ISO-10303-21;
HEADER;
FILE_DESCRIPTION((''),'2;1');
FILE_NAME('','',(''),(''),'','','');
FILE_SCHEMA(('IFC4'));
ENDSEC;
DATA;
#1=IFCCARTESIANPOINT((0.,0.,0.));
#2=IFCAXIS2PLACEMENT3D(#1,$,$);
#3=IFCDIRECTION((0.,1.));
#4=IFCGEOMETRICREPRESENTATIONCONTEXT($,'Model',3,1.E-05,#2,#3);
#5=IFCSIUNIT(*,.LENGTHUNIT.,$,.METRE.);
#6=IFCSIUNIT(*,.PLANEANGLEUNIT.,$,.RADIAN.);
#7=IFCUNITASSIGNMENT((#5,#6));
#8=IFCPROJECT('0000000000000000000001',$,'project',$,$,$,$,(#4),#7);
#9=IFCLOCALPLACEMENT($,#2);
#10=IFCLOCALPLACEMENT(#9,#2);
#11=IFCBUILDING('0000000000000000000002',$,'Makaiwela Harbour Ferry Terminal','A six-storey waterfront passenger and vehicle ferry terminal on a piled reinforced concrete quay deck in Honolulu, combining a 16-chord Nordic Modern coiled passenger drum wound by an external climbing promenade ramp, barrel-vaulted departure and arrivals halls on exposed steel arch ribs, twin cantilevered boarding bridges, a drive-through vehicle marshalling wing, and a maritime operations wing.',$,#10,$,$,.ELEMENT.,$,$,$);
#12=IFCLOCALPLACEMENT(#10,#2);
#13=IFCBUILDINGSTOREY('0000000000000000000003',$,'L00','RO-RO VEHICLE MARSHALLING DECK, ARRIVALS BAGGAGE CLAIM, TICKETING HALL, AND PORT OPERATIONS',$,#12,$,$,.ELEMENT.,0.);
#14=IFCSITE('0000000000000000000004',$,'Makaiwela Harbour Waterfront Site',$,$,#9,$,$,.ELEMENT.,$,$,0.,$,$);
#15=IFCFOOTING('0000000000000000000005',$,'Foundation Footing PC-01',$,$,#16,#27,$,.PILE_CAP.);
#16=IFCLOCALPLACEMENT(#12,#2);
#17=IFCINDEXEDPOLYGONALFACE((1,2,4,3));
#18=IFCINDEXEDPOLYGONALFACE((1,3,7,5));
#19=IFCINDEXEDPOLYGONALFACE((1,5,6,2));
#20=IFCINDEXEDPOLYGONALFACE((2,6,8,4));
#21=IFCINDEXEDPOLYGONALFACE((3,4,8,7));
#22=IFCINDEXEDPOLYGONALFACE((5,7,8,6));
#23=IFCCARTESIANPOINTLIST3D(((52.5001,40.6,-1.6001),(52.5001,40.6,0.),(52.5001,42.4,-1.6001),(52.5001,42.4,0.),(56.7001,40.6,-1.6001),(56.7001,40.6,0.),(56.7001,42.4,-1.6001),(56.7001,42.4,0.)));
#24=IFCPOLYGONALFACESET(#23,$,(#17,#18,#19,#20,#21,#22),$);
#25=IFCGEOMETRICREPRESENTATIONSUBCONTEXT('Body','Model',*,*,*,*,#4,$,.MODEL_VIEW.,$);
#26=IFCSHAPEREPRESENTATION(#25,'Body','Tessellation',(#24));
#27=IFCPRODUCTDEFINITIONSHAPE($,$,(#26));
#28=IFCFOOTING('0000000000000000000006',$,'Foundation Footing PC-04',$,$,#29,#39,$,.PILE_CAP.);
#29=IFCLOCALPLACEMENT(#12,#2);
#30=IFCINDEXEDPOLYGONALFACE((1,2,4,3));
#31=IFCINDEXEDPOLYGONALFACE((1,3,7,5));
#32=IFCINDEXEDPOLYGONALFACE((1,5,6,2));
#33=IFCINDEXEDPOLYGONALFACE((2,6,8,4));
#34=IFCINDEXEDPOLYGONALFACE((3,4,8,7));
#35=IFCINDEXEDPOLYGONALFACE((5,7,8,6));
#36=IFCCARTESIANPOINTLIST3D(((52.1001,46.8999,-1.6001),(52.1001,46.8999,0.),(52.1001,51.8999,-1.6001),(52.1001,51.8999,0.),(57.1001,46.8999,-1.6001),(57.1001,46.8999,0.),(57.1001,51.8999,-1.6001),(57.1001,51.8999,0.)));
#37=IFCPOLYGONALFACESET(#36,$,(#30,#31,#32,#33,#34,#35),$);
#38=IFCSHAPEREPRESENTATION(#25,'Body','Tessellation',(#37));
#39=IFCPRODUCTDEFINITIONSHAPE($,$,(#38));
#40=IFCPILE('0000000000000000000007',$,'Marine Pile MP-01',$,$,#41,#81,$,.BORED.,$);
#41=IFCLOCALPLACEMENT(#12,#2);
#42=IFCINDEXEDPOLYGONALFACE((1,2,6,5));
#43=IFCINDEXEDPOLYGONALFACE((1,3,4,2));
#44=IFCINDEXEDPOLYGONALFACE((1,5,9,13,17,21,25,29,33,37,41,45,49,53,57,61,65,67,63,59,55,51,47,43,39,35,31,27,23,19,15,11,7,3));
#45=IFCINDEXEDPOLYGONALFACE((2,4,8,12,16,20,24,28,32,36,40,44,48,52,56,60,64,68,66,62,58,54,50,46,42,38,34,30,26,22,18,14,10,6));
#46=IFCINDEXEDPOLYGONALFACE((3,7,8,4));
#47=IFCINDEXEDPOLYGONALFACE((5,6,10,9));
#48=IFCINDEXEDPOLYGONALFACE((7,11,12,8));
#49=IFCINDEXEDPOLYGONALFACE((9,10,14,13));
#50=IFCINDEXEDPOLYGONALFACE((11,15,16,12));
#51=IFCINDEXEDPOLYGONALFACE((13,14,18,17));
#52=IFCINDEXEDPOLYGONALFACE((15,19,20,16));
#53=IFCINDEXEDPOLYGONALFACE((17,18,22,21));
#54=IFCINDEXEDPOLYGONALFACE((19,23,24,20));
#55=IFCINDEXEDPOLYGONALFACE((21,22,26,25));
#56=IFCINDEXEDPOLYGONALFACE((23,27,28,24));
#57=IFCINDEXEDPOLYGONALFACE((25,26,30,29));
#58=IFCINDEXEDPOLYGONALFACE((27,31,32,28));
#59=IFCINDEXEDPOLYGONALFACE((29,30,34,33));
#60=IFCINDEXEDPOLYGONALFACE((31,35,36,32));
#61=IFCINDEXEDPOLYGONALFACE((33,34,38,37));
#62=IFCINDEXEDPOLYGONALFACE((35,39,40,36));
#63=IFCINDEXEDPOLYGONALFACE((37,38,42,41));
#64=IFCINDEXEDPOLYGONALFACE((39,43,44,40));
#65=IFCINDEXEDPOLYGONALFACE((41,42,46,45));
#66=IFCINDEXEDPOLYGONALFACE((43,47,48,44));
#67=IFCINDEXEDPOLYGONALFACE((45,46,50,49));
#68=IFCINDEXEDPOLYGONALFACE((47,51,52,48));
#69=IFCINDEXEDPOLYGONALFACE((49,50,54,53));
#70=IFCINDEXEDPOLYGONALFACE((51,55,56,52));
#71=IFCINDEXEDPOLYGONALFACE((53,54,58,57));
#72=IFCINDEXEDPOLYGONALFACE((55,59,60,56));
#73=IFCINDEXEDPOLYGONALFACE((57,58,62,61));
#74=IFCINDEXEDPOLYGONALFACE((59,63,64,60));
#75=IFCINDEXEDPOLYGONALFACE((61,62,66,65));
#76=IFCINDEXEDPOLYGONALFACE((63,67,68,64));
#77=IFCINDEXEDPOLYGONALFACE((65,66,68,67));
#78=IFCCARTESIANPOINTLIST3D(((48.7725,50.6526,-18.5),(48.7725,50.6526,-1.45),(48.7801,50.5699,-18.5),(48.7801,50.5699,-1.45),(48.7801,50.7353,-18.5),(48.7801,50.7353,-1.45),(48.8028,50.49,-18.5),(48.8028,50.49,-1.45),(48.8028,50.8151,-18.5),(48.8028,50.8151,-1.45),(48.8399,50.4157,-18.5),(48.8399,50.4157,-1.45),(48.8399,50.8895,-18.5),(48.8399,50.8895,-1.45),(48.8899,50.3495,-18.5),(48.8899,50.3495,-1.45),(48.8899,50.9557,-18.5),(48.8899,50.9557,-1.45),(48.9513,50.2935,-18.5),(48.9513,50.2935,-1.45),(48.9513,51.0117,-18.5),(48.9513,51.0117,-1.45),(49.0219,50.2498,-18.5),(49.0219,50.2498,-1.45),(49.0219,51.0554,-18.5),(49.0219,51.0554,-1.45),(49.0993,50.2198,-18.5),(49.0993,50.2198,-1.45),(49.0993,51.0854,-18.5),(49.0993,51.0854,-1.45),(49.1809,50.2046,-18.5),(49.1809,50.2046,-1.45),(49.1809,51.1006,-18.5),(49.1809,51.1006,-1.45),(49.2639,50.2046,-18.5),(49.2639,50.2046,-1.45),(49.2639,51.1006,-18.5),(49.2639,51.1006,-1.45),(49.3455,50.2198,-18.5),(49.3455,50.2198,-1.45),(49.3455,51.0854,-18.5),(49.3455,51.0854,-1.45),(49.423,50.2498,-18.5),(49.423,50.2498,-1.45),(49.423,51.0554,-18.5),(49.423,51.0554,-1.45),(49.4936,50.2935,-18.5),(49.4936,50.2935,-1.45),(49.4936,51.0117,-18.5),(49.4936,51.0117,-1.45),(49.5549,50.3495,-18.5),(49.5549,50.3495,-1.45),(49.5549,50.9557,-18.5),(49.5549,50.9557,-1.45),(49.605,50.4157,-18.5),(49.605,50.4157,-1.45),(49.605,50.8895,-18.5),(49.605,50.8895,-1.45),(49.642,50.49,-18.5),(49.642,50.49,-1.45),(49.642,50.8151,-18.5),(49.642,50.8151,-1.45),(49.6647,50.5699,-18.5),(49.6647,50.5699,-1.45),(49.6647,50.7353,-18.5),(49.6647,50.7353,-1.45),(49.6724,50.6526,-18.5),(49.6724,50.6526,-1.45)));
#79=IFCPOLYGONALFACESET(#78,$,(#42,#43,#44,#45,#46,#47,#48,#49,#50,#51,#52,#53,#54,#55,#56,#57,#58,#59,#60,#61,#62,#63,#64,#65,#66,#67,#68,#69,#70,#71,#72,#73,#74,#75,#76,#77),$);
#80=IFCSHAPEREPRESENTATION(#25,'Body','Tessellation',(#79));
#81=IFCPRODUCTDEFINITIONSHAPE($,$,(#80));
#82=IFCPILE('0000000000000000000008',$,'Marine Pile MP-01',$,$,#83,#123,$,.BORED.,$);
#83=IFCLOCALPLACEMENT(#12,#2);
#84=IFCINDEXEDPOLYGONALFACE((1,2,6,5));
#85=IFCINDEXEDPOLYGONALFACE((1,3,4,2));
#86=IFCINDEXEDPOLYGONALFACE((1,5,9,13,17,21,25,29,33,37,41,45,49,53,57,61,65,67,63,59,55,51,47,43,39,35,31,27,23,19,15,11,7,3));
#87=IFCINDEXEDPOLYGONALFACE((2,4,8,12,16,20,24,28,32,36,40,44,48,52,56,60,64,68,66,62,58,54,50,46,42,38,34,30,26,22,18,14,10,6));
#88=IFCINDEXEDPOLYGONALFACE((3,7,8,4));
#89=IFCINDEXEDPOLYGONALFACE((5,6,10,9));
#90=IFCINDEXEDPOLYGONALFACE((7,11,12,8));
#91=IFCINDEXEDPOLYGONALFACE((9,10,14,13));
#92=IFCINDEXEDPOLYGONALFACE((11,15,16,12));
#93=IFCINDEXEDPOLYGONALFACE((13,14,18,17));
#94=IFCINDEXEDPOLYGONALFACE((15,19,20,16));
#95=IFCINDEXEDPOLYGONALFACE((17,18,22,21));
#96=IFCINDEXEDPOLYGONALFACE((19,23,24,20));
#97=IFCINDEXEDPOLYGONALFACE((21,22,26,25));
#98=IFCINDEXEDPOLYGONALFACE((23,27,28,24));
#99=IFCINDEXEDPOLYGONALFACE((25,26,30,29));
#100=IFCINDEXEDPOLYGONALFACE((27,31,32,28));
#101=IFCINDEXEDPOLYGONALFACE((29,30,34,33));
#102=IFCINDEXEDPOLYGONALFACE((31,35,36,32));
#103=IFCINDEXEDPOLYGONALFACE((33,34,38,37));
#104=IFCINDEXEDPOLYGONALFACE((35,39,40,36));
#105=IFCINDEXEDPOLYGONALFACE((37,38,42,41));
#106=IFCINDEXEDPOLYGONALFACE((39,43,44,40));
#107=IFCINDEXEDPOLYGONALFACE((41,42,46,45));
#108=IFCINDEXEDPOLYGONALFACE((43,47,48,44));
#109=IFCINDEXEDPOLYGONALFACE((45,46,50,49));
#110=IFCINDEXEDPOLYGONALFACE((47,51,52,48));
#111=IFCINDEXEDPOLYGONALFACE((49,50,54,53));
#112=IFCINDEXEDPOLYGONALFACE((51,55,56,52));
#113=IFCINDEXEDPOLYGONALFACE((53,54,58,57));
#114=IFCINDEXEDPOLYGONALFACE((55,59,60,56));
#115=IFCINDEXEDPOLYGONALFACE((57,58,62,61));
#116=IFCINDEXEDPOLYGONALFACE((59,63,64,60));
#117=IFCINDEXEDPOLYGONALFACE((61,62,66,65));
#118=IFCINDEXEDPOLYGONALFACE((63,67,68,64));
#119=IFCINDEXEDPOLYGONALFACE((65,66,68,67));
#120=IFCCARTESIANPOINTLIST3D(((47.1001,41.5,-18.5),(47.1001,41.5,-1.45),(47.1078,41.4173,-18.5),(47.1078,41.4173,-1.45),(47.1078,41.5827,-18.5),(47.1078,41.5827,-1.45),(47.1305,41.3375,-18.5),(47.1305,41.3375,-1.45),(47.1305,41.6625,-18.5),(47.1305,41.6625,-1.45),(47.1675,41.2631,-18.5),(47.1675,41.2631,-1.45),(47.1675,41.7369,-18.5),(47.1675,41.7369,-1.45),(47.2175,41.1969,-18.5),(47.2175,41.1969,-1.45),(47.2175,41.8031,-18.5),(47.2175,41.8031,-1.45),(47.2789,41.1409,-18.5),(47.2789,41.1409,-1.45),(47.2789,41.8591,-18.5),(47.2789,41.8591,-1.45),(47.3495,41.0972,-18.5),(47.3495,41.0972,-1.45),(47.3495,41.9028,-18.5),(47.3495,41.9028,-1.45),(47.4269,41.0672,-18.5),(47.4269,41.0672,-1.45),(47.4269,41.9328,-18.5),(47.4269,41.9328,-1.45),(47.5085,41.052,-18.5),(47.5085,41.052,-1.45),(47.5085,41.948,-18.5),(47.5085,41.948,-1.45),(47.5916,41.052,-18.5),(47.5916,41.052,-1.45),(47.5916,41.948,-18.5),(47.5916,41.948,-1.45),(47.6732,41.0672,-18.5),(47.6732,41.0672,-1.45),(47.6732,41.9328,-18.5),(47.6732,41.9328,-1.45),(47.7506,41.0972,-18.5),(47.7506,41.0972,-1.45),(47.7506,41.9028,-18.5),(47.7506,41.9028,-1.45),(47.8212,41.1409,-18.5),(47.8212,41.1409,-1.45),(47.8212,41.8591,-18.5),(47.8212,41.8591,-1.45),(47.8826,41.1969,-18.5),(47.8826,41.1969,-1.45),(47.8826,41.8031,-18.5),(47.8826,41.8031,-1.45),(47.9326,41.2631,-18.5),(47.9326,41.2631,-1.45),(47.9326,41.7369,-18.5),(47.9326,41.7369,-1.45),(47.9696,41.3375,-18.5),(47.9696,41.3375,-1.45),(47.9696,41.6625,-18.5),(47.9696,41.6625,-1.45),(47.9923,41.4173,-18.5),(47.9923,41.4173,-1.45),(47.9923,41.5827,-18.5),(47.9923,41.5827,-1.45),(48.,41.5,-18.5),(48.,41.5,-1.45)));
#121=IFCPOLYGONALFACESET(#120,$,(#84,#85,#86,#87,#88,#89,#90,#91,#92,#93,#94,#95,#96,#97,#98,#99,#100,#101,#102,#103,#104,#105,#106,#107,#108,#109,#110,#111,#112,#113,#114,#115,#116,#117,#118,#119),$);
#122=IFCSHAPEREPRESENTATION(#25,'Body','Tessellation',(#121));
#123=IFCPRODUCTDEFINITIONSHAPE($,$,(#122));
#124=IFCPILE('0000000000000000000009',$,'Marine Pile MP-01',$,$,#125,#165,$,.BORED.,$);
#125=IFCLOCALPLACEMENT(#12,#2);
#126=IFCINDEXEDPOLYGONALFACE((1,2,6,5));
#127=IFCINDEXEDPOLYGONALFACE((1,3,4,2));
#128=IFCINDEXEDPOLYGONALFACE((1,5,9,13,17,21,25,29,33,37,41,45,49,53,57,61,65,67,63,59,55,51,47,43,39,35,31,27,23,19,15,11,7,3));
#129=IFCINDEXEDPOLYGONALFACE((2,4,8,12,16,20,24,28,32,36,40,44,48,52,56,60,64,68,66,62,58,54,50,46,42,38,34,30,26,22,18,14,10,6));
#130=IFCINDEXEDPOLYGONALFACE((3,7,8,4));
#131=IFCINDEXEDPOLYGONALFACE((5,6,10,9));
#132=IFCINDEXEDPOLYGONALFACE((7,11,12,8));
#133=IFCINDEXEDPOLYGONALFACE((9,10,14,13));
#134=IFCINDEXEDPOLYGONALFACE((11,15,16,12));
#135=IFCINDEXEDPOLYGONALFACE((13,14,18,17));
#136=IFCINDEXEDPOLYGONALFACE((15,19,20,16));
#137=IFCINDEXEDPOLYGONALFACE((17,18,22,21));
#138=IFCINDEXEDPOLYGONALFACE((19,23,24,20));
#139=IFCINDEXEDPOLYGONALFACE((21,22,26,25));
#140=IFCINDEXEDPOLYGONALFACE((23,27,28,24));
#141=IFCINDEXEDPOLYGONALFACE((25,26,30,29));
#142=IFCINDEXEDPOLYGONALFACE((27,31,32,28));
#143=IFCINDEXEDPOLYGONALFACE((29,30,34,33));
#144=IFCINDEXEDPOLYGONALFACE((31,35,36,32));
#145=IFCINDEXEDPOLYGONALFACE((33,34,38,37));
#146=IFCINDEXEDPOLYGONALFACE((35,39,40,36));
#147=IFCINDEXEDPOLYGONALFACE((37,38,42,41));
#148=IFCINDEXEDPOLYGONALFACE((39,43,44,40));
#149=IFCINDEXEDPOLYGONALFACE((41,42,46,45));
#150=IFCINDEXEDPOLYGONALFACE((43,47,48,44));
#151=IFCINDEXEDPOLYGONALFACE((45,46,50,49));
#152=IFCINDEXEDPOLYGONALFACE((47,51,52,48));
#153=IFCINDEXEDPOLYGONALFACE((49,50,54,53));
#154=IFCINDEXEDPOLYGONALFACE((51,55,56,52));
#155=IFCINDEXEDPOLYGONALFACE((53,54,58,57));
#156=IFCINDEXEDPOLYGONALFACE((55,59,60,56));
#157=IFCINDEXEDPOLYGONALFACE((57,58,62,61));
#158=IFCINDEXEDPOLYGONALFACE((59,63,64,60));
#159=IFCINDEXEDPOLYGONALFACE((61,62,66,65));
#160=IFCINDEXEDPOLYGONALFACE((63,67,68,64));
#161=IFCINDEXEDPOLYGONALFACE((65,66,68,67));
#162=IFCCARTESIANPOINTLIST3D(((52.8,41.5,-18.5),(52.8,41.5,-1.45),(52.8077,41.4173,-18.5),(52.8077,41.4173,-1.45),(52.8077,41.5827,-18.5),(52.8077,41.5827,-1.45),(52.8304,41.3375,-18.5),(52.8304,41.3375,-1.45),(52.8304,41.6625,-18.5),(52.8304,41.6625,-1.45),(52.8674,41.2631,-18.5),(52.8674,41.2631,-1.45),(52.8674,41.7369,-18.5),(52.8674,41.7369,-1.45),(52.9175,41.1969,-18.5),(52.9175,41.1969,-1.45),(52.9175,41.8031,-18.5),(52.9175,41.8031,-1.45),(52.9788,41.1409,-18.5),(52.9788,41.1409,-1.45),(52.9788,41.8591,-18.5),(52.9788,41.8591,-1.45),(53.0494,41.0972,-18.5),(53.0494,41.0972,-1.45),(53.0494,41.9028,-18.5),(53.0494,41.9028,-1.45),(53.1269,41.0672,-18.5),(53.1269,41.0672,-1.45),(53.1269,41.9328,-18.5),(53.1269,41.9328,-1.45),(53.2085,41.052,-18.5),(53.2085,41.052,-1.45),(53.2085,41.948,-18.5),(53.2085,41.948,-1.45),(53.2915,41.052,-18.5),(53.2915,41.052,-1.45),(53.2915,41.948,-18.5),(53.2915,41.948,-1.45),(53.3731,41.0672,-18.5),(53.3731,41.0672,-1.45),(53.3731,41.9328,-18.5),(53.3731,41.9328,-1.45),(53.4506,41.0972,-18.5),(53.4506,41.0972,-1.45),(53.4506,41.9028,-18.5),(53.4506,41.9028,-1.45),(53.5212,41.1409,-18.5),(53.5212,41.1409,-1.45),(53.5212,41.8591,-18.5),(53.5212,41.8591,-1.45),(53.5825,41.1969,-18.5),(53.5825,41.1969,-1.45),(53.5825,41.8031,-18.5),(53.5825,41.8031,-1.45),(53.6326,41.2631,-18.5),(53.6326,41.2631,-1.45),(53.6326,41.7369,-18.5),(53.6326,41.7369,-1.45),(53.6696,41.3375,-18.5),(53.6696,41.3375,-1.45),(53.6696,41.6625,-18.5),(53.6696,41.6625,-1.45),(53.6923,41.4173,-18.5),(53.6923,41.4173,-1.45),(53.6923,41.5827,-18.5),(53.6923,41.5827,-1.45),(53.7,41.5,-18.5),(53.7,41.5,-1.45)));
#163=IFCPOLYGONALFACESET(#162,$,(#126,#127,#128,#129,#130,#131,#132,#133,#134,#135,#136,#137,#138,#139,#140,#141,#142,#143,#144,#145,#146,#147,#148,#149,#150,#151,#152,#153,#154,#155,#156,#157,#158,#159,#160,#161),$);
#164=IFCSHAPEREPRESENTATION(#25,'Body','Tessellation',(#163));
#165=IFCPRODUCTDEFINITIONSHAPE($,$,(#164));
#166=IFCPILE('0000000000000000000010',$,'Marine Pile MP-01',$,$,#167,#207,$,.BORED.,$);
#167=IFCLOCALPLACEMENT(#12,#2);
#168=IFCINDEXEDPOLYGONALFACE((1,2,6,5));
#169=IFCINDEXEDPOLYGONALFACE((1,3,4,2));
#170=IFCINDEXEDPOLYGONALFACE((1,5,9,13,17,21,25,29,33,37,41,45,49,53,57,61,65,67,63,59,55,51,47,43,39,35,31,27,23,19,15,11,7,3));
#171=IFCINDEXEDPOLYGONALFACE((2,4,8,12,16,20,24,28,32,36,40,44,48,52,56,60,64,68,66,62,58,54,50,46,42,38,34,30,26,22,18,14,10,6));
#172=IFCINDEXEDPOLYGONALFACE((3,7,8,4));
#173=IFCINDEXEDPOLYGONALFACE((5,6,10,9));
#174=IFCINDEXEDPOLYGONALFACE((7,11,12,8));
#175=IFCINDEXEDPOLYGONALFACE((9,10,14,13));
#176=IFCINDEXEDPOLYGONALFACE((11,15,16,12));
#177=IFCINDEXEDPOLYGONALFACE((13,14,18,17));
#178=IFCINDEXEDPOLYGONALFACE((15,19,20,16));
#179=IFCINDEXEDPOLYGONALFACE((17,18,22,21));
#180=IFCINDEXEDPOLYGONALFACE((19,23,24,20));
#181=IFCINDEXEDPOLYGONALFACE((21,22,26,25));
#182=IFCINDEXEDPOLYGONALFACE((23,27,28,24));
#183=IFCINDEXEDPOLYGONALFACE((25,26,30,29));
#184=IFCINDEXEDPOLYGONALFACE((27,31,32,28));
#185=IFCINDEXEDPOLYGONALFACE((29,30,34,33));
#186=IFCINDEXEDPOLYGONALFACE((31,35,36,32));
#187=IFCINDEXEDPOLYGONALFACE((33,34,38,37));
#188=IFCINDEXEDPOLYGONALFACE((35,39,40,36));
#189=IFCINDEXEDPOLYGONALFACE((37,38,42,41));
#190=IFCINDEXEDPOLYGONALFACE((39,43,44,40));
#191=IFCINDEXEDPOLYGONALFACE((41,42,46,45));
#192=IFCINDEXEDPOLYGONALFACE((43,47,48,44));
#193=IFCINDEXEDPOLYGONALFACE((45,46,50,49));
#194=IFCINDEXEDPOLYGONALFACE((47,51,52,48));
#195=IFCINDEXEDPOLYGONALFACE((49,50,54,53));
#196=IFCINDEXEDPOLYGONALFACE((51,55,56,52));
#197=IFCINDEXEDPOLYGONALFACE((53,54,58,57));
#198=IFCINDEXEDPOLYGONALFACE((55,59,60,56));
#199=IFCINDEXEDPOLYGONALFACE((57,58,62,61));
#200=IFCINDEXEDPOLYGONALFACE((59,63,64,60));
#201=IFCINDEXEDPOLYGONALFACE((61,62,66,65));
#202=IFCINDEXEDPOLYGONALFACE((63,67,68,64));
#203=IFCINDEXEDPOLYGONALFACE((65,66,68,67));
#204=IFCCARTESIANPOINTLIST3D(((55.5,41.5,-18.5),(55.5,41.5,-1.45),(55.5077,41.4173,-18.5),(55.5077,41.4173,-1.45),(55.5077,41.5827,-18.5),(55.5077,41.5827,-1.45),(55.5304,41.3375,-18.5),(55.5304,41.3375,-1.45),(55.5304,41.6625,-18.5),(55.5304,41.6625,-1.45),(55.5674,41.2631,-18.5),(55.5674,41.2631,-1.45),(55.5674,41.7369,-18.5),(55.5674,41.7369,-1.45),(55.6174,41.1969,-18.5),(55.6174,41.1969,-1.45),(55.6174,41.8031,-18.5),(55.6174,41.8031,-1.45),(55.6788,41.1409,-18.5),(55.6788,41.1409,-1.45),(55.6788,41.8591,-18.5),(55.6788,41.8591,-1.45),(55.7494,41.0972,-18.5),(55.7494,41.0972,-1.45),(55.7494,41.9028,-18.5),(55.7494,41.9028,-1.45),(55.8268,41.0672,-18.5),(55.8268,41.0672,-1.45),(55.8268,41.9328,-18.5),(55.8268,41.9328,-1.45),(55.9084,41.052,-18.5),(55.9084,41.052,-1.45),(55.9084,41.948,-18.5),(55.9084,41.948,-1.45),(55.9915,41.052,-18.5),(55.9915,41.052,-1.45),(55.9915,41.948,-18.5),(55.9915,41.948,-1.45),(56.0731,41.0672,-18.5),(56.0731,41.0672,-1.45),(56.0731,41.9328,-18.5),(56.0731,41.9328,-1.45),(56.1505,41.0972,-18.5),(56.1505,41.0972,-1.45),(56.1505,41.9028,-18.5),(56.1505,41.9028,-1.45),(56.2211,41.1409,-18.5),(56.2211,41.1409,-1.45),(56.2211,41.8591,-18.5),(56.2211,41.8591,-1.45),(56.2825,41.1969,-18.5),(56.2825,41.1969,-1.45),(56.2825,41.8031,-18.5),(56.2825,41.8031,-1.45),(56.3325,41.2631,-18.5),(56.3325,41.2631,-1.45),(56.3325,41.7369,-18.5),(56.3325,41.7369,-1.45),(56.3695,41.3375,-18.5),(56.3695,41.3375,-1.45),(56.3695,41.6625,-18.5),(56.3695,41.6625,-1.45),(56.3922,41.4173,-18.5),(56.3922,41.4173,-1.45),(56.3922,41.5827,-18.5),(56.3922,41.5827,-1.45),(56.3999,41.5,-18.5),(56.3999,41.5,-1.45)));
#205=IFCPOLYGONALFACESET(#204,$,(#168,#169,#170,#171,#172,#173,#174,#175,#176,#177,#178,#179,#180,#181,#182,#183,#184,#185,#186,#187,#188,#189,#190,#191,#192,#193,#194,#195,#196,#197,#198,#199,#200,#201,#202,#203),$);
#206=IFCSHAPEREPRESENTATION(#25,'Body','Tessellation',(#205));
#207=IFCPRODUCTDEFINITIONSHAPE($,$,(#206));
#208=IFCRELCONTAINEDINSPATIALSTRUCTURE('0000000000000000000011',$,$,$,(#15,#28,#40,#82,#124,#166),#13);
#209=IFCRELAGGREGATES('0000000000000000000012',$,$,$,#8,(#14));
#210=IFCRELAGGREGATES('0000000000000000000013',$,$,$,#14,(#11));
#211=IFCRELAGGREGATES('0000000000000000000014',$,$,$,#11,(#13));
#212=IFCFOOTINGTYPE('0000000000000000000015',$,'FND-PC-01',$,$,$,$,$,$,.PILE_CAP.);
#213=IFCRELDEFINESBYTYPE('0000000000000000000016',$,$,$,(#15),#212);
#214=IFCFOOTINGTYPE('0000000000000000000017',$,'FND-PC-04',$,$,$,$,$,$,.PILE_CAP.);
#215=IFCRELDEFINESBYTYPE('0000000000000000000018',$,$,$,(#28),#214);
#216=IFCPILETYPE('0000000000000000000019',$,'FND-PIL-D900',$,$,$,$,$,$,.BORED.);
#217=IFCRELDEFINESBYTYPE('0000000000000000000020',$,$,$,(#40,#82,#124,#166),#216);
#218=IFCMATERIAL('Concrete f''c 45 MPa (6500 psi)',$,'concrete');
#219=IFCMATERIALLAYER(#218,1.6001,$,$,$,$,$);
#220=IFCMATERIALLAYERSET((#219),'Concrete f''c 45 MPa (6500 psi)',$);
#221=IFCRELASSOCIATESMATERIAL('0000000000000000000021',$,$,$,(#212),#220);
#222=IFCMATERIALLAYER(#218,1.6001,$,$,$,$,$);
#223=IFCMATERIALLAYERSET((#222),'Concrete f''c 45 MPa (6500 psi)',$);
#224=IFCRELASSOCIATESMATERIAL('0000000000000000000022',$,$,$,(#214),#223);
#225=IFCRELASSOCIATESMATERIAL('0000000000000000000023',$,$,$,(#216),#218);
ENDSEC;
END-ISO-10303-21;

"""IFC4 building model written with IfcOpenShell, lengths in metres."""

from ifc_helpers import new_model, si_unit, direction, frame, origin, origin_2d, place, context, subcontext, project, spatial, rectangle, circle, extrude, material, layer, layer_set, material_profile, profile_set, type_object, element, save


model = new_model("IFC4")

# Units and contexts
model_context = context("Model", 3, precision=1e-05, world=origin(), true_north=direction((0.0, 1.0)))
body_context = subcontext(model_context, "Body", "Model", "MODEL_VIEW")
ifc_project = project(units=[si_unit("LENGTHUNIT", "METRE"), si_unit("PLANEANGLEUNIT", "RADIAN")], contexts=[model_context])

# Site, building, storey
site_placement = place(None, origin())
site = spatial("IfcSite", under=ifc_project, at=site_placement, Name="Makaiwela Harbour Waterfront Site", CompositionType="ELEMENT", RefElevation=0.0)
building_placement = place(site_placement, origin())
building = spatial("IfcBuilding", under=site, at=building_placement, Name="Makaiwela Harbour Ferry Terminal", Description="A six-storey waterfront passenger and vehicle ferry terminal on a piled reinforced concrete quay deck in Honolulu, combining a 16-chord Nordic Modern coiled passenger drum wound by an external climbing promenade ramp, barrel-vaulted departure and arrivals halls on exposed steel arch ribs, twin cantilevered boarding bridges, a drive-through vehicle marshalling wing, and a maritime operations wing.", CompositionType="ELEMENT")
storey_placement = place(building_placement, origin())
storey = spatial("IfcBuildingStorey", under=building, at=storey_placement, Name="L00", Description="RO-RO VEHICLE MARSHALLING DECK, ARRIVALS BAGGAGE CLAIM, TICKETING HALL, AND PORT OPERATIONS", CompositionType="ELEMENT", Elevation=0.0)

# Footings
ifc_material_1 = material(Name="Concrete f'c 45 MPa (6500 psi)", Category="concrete")
ifc_layer_1 = layer(ifc_material_1, 1.6001)
ifc_layer_set_1 = layer_set([ifc_layer_1], Name="Concrete f'c 45 MPa (6500 psi)")
footing_type_1 = type_object("IfcFootingType", Name="FND-PC-01", PredefinedType="PILE_CAP", material=ifc_layer_set_1)
footing_1_placement = place(storey_placement, frame((54.6001, 41.5, -1.6001), z_axis=(0.0, 0.0, 1.0), x_axis=(1.0, 0.0, 0.0)))
element("IfcFooting", 1, at=footing_1_placement, inside=storey, type_object=footing_type_1, Name="Foundation Footing PC-01", PredefinedType="PILE_CAP", context=body_context, shape_type="SweptSolid", body=[
    extrude(rectangle(XDim=4.2, YDim=1.8, at=origin_2d()), origin(), (0.0, 0.0, 1.0), 1.6001),
])
ifc_layer_2 = layer(ifc_material_1, 1.6001)
ifc_layer_set_2 = layer_set([ifc_layer_2], Name="Concrete f'c 45 MPa (6500 psi)")
footing_type_2 = type_object("IfcFootingType", Name="FND-PC-04", PredefinedType="PILE_CAP", material=ifc_layer_set_2)
footing_2_placement = place(storey_placement, frame((54.6001, 49.3999, -1.6001), z_axis=(0.0, 0.0, 1.0), x_axis=(1.0, 0.0, 0.0)))
element("IfcFooting", 2, at=footing_2_placement, inside=storey, type_object=footing_type_2, Name="Foundation Footing PC-04", PredefinedType="PILE_CAP", context=body_context, shape_type="SweptSolid", body=[
    extrude(rectangle(XDim=5.0, YDim=5.0, at=origin_2d()), origin(), (0.0, 0.0, 1.0), 1.6001),
])

# Piles
ifc_material_profile_1 = material_profile(ifc_material_1, circle(Radius=0.45, at=origin_2d()), Name="PILE-D900")
ifc_profile_set_1 = profile_set([ifc_material_profile_1], Name="Concrete f'c 45 MPa (6500 psi)")
pile_type = type_object("IfcPileType", Name="FND-PIL-D900", PredefinedType="BORED", material=ifc_profile_set_1)
for number, where, z_axis, x_axis, name in (
    (3, (49.2224, 50.6526, -1.45), (0.0, 0.0, -1.0), (1.0, 0.0, 0.0), "Marine Pile MP-01"),
    (4, (47.55, 41.5, -1.45), (0.0, 0.0, -1.0), (1.0, 0.0, 0.0), "Marine Pile MP-01"),
    (5, (53.25, 41.5, -1.45), (0.0, 0.0, -1.0), (1.0, 0.0, 0.0), "Marine Pile MP-01"),
    (6, (55.95, 41.5, -1.45), (0.0, 0.0, -1.0), (1.0, 0.0, 0.0), "Marine Pile MP-01"),
):
    element("IfcPile", number, at=place(storey_placement, frame(where, z_axis=z_axis, x_axis=x_axis)), inside=storey, type_object=pile_type, Name=name, PredefinedType="BORED", context=body_context, shape_type="SweptSolid", body=[
        extrude(circle(Radius=0.45, at=origin_2d()), origin(), (0.0, 0.0, 1.0), 17.05),
    ])

save(model, "model.ifc")
